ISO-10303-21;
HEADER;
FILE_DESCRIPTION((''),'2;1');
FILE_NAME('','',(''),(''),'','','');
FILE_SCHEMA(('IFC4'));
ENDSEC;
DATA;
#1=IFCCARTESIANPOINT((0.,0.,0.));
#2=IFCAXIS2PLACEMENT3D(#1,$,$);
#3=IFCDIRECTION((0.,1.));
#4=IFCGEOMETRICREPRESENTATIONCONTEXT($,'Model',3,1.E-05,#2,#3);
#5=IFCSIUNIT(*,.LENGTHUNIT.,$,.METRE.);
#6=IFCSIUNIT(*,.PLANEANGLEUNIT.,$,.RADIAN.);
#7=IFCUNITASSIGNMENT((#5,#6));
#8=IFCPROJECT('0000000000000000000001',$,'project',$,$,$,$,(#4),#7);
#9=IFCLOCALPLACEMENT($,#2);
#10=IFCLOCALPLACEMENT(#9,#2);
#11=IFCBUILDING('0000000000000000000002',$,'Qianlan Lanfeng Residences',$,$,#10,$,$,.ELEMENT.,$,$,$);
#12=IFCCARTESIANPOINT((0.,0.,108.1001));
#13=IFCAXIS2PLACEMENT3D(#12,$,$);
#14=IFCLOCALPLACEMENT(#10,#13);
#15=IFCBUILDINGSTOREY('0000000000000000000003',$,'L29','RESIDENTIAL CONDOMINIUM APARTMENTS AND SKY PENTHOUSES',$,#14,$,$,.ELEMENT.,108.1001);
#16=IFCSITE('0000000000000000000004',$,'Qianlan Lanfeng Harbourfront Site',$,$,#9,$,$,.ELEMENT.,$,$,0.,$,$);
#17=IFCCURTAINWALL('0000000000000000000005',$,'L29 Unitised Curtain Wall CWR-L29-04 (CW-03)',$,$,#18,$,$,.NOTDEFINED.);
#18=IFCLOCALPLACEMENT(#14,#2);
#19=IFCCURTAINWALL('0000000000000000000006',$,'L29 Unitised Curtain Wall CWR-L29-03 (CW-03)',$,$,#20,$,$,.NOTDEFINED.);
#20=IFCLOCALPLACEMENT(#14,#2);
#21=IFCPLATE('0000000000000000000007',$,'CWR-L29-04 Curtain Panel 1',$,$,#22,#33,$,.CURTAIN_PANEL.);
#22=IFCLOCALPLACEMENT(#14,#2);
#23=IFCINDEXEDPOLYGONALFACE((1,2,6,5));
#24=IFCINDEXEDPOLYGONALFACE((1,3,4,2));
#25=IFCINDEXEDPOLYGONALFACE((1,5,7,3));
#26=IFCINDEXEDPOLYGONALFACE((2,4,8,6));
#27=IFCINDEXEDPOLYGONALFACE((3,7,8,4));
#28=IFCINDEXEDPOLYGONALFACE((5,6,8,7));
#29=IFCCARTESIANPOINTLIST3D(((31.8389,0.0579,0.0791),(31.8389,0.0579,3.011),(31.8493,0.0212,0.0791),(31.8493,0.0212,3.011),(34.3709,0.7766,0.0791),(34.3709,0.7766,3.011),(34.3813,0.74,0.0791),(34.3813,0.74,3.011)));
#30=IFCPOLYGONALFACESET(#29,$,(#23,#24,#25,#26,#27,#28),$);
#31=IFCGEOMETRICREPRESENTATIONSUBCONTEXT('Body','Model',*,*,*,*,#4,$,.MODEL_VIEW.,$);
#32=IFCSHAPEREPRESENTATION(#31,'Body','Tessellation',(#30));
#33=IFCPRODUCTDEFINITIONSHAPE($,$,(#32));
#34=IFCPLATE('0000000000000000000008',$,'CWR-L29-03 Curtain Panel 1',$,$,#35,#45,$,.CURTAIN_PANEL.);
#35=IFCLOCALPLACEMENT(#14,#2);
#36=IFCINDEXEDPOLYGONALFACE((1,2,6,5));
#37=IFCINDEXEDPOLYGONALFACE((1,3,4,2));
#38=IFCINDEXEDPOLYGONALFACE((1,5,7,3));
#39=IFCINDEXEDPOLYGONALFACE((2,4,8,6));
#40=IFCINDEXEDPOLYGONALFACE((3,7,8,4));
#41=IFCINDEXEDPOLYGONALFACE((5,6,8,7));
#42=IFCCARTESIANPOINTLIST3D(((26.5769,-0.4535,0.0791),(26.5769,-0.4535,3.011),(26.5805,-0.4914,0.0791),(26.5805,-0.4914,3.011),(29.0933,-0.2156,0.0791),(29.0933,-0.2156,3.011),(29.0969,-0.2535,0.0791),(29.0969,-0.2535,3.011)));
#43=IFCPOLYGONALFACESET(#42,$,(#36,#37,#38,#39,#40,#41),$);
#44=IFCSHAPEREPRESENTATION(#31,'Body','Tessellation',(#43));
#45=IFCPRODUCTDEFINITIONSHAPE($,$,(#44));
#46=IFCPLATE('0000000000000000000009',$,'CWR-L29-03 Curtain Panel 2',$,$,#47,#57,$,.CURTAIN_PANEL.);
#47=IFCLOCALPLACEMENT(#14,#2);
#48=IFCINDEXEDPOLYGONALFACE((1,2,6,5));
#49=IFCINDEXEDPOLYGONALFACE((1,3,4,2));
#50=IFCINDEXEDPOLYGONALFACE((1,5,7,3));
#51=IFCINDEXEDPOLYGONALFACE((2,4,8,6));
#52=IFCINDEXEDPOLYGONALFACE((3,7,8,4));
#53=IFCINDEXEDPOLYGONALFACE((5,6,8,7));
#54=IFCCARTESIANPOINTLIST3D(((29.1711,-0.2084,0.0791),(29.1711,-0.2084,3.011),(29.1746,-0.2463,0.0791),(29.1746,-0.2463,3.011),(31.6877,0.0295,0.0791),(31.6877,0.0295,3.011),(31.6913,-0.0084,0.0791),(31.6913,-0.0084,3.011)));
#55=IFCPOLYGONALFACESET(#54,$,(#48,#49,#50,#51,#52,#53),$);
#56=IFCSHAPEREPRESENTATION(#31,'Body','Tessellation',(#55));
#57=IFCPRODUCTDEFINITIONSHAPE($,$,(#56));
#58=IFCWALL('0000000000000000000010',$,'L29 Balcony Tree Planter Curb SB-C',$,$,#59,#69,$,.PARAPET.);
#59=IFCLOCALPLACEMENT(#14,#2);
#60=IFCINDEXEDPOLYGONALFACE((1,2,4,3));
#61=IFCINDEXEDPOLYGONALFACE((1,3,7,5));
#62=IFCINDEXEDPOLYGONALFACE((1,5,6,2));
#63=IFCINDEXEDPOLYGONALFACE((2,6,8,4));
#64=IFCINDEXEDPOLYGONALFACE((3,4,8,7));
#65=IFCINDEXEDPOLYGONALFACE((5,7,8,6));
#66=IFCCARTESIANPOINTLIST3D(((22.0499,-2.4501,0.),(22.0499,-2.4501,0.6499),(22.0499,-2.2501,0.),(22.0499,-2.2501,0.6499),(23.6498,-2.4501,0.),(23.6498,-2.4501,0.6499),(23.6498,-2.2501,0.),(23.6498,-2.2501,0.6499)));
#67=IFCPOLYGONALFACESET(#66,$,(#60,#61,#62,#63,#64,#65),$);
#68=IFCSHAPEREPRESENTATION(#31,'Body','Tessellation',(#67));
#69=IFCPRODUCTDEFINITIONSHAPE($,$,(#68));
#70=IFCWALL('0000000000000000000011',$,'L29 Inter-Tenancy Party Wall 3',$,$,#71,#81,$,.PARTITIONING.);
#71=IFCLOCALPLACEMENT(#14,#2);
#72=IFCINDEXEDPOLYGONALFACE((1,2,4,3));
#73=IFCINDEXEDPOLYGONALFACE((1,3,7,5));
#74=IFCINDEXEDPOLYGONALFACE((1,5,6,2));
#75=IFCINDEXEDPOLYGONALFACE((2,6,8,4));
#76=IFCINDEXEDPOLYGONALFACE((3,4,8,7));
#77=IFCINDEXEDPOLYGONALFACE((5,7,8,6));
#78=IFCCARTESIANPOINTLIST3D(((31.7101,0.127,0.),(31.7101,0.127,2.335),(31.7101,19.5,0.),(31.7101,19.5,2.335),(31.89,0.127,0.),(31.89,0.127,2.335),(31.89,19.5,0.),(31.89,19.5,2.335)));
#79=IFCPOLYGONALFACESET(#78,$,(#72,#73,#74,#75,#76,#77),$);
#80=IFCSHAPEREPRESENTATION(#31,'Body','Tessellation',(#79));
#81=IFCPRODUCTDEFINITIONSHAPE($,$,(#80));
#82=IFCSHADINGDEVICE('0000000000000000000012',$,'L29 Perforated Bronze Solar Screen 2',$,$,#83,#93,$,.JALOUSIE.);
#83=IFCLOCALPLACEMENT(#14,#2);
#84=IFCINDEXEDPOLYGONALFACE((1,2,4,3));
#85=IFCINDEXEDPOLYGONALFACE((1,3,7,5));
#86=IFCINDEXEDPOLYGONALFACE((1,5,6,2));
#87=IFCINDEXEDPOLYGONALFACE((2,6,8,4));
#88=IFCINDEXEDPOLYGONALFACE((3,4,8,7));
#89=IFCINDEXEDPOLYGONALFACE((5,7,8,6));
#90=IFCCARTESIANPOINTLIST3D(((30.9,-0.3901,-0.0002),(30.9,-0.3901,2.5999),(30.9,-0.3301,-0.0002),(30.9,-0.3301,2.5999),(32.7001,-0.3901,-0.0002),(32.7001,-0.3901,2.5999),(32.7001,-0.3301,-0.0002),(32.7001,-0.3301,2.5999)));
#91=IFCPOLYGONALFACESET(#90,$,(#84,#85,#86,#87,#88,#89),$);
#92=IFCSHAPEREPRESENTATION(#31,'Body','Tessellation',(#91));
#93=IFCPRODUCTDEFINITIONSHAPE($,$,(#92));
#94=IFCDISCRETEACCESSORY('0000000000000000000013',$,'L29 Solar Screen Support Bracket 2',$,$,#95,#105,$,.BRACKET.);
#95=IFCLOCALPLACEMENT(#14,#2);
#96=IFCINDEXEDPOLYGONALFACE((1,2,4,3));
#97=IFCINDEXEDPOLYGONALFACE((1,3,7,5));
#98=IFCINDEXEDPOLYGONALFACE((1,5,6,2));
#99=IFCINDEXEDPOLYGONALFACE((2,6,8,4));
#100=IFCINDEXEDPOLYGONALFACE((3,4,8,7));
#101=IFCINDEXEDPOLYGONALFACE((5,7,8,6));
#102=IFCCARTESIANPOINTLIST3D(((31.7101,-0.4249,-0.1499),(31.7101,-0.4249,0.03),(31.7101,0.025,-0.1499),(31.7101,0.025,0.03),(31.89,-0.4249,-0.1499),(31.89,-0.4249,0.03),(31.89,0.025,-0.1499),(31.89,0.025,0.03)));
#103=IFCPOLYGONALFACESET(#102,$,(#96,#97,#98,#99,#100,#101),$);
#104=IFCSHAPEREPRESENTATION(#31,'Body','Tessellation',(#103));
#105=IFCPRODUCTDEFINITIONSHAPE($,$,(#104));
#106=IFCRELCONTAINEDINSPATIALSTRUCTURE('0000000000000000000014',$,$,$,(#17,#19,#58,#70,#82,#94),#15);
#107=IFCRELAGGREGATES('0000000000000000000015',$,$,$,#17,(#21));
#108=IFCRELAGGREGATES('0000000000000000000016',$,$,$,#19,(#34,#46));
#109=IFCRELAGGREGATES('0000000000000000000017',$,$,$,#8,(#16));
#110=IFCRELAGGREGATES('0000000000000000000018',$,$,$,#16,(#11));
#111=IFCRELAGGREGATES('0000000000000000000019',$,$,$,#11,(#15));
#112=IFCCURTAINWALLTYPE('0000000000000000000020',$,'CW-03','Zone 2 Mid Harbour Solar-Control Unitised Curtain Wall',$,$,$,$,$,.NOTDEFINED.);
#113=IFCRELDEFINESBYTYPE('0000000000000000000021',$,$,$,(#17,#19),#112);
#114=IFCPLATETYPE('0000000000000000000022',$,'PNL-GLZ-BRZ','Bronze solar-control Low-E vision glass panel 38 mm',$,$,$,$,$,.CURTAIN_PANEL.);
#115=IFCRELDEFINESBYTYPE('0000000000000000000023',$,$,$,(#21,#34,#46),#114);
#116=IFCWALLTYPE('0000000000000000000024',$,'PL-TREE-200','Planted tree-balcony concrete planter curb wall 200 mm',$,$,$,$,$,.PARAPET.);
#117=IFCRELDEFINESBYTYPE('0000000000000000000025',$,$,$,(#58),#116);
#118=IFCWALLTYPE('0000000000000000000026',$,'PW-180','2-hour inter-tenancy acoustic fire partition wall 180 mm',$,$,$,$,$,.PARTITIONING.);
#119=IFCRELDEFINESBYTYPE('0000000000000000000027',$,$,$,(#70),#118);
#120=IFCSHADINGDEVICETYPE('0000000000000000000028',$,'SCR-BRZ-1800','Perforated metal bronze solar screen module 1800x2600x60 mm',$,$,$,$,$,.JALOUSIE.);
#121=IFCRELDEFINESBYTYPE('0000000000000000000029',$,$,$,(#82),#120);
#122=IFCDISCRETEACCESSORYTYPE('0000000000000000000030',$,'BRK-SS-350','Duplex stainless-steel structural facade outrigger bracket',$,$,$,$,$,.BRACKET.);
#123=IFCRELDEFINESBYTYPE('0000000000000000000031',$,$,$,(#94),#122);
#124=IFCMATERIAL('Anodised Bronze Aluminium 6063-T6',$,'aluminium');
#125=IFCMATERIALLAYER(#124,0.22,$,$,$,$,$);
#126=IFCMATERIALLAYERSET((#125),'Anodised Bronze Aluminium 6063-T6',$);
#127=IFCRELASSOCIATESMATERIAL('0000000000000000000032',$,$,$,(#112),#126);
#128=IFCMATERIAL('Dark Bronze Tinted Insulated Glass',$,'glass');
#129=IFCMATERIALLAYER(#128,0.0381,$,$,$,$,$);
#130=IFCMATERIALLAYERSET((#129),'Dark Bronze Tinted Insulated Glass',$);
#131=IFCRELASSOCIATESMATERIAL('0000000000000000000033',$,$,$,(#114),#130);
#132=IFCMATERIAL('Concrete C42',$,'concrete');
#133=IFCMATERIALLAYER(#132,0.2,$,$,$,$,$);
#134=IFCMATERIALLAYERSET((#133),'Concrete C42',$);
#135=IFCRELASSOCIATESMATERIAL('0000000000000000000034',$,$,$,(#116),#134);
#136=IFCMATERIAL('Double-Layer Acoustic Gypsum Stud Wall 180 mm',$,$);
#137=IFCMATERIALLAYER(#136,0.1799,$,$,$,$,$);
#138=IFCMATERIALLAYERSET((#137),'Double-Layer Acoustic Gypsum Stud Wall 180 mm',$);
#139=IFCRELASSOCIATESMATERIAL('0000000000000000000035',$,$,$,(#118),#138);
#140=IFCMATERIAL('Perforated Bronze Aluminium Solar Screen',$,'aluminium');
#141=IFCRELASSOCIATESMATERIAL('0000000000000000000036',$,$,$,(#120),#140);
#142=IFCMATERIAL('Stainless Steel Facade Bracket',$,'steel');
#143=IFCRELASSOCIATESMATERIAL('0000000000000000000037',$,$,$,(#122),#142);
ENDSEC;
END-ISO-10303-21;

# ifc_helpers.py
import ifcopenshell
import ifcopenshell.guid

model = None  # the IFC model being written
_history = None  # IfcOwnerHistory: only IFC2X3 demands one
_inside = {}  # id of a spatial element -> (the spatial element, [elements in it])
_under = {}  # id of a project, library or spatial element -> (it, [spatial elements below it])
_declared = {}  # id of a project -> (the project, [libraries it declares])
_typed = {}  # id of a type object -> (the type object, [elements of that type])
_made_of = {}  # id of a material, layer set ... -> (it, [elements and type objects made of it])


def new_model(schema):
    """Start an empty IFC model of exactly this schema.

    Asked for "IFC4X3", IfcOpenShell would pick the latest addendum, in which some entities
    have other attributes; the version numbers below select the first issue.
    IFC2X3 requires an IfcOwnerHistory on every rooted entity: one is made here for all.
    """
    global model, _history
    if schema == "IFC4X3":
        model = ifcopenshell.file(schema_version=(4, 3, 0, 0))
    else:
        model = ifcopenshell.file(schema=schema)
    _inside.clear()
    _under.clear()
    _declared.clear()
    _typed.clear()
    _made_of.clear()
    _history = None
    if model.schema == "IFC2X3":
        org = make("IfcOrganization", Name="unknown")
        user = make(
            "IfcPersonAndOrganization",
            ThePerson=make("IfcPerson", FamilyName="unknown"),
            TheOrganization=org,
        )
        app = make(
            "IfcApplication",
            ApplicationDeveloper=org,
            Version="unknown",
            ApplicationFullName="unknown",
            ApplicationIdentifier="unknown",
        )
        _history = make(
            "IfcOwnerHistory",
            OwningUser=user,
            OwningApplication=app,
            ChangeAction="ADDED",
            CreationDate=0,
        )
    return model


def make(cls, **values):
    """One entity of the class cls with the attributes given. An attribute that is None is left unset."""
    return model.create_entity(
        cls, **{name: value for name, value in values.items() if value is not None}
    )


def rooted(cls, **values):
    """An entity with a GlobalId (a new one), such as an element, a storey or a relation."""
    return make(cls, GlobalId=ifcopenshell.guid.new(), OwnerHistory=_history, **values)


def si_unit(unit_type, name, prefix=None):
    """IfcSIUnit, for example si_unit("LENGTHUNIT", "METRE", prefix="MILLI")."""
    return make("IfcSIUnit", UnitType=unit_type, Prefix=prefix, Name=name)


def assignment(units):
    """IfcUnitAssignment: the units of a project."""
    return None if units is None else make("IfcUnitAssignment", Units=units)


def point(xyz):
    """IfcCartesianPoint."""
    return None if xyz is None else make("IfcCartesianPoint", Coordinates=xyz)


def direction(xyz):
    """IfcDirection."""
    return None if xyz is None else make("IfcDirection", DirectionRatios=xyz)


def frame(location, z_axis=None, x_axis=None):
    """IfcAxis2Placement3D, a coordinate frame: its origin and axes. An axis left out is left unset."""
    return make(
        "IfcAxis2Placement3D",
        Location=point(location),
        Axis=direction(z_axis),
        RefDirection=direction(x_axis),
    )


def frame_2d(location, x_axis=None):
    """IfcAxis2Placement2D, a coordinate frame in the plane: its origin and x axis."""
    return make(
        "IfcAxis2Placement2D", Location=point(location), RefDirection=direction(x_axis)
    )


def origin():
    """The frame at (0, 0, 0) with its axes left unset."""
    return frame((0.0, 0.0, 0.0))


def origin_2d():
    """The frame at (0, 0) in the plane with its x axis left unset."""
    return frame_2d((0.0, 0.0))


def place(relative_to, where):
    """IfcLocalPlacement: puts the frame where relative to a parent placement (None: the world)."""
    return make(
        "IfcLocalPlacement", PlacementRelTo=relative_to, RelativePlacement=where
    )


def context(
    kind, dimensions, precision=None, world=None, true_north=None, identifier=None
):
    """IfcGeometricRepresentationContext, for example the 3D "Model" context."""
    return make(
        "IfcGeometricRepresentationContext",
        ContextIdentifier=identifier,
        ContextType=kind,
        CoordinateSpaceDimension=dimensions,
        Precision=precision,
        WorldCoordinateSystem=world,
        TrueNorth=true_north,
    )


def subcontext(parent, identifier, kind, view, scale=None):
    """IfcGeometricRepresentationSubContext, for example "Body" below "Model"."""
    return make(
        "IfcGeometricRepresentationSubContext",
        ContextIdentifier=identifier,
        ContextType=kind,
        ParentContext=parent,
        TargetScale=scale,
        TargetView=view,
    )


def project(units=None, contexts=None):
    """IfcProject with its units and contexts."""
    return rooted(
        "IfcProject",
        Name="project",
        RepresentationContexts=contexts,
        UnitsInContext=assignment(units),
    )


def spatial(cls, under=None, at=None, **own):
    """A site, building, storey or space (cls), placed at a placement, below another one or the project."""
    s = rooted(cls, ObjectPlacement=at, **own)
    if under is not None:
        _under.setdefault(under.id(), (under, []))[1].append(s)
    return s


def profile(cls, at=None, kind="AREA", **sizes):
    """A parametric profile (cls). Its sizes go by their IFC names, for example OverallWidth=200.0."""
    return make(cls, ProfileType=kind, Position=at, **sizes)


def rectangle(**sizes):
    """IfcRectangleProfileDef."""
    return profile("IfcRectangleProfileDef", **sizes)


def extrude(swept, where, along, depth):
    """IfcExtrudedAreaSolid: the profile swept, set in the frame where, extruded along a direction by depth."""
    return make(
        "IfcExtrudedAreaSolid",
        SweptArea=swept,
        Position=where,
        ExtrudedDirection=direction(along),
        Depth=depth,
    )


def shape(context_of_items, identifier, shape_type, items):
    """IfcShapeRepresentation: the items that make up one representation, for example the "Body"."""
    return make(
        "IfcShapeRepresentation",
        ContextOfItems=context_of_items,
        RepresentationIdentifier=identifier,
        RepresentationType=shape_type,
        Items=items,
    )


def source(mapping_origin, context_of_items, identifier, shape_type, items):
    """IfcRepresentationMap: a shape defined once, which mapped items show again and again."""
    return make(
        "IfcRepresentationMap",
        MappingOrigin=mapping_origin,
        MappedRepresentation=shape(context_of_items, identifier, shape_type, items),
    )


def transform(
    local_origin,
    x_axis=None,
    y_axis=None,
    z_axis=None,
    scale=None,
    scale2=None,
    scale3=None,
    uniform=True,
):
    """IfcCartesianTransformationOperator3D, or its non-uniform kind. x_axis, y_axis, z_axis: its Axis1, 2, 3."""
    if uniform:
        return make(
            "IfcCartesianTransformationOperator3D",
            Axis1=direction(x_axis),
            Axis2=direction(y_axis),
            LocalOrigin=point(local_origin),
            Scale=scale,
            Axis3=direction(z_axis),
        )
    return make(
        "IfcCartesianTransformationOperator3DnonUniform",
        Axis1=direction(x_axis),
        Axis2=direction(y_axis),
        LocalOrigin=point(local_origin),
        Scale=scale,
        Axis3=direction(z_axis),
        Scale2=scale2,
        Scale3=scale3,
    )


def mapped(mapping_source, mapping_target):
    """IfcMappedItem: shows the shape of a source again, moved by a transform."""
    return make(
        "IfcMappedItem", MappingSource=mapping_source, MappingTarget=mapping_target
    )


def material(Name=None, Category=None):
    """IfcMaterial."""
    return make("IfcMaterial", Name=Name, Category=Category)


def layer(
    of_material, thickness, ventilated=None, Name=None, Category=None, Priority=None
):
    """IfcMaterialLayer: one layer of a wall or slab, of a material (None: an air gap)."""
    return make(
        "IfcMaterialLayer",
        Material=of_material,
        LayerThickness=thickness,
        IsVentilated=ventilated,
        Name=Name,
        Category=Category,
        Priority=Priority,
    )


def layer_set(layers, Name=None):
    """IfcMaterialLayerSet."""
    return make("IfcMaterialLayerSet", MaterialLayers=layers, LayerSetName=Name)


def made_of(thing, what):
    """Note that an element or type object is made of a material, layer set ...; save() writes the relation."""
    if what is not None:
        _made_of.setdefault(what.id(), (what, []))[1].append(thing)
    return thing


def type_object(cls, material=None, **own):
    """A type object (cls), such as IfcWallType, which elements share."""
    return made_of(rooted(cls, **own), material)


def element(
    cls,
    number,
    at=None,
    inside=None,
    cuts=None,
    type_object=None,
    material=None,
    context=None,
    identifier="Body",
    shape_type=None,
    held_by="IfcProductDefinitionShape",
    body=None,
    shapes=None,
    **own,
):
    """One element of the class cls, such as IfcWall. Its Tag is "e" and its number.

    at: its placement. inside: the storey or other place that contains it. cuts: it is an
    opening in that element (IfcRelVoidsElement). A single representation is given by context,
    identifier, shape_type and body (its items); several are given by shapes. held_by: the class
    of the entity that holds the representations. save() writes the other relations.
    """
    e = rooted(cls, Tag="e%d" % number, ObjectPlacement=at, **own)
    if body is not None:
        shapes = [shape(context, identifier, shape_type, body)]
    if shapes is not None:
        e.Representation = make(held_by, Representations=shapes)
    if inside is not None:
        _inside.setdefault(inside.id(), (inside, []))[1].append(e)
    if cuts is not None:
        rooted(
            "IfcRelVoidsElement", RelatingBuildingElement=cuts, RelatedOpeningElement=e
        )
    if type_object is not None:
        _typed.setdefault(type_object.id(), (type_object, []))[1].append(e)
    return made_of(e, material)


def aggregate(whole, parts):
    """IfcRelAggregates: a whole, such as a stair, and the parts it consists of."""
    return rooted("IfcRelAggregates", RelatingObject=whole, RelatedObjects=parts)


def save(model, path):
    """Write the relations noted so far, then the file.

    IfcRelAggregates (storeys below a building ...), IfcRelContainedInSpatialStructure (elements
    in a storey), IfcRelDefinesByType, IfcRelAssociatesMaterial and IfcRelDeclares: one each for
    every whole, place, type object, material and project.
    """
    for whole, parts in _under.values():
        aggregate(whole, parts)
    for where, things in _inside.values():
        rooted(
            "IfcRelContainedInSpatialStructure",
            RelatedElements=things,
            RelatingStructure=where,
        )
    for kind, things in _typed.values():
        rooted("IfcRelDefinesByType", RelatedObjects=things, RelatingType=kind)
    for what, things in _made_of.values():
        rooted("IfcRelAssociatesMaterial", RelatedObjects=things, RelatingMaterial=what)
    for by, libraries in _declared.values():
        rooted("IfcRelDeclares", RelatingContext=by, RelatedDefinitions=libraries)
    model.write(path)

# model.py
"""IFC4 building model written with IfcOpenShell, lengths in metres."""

from ifc_helpers import new_model, si_unit, direction, frame, frame_2d, origin, origin_2d, place, context, subcontext, project, spatial, rectangle, extrude, source, transform, mapped, material, layer, layer_set, type_object, element, aggregate, save


model = new_model("IFC4")

# Units and contexts
model_context = context("Model", 3, precision=1e-05, world=origin(), true_north=direction((0.0, 1.0)))
body_context = subcontext(model_context, "Body", "Model", "MODEL_VIEW")
ifc_project = project(units=[si_unit("LENGTHUNIT", "METRE"), si_unit("PLANEANGLEUNIT", "RADIAN")], contexts=[model_context])

# Site, building, storey
site_placement = place(None, origin())
site = spatial("IfcSite", under=ifc_project, at=site_placement, Name="Qianlan Lanfeng Harbourfront Site", CompositionType="ELEMENT", RefElevation=0.0)
building_placement = place(site_placement, origin())
building = spatial("IfcBuilding", under=site, at=building_placement, Name="Qianlan Lanfeng Residences", CompositionType="ELEMENT")
storey_placement = place(building_placement, frame((0.0, 0.0, 108.1001)))
storey = spatial("IfcBuildingStorey", under=building, at=storey_placement, Name="L29", Description="RESIDENTIAL CONDOMINIUM APARTMENTS AND SKY PENTHOUSES", CompositionType="ELEMENT", Elevation=108.1001)

# Curtain walls
ifc_material_1 = material(Name="Anodised Bronze Aluminium 6063-T6", Category="aluminium")
ifc_layer_1 = layer(ifc_material_1, 0.22)
ifc_layer_set_1 = layer_set([ifc_layer_1], Name="Anodised Bronze Aluminium 6063-T6")
curtain_wall_type = type_object("IfcCurtainWallType", Name="CW-03", Description="Zone 2 Mid Harbour Solar-Control Unitised Curtain Wall", PredefinedType="NOTDEFINED", material=ifc_layer_set_1)
curtain_wall_1_placement = place(storey_placement, origin())
curtain_wall_1 = element("IfcCurtainWall", 1, at=curtain_wall_1_placement, inside=storey, type_object=curtain_wall_type, Name="L29 Unitised Curtain Wall CWR-L29-04 (CW-03)", PredefinedType="NOTDEFINED")
curtain_wall_2_placement = place(storey_placement, origin())
curtain_wall_2 = element("IfcCurtainWall", 2, at=curtain_wall_2_placement, inside=storey, type_object=curtain_wall_type, Name="L29 Unitised Curtain Wall CWR-L29-03 (CW-03)", PredefinedType="NOTDEFINED")

# Plates
ifc_material_2 = material(Name="Dark Bronze Tinted Insulated Glass", Category="glass")
ifc_layer_2 = layer(ifc_material_2, 0.0381)
ifc_layer_set_2 = layer_set([ifc_layer_2], Name="Dark Bronze Tinted Insulated Glass")
plate_type = type_object("IfcPlateType", Name="PNL-GLZ-BRZ", Description="Bronze solar-control Low-E vision glass panel 38 mm", PredefinedType="CURTAIN_PANEL", material=ifc_layer_set_2)
shared_shape_1 = source(origin(), body_context, "Body", "SweptSolid", [
    extrude(rectangle(XDim=2.6321, YDim=0.0381, at=origin_2d()), origin(), (0.0, 0.0, 1.0), 2.9319),
])
plate_1_placement = place(storey_placement, frame((33.1101, 0.3989, 0.0791), z_axis=(0.0, 0.0, 1.0), x_axis=(0.961989, 0.273088, 0.0)))
plate_1 = element("IfcPlate", 3, at=plate_1_placement, type_object=plate_type, Name="CWR-L29-04 Curtain Panel 1", PredefinedType="CURTAIN_PANEL", context=body_context, shape_type="MappedRepresentation", body=[
    mapped(shared_shape_1, transform((0.0, 0.0, 0.0), scale=1.0)),
])
aggregate(curtain_wall_1, [plate_1])
shared_shape_2 = source(origin(), body_context, "Body", "SweptSolid", [
    extrude(rectangle(XDim=2.5276, YDim=0.0381, at=origin_2d()), origin(), (0.0, 0.0, 1.0), 2.9319),
])
plate_2_placement = place(storey_placement, frame((27.8369, -0.3535, 0.0791), z_axis=(0.0, 0.0, 1.0), x_axis=(0.995561, 0.094114, 0.0)))
plate_2 = element("IfcPlate", 4, at=plate_2_placement, type_object=plate_type, Name="CWR-L29-03 Curtain Panel 1", PredefinedType="CURTAIN_PANEL", context=body_context, shape_type="MappedRepresentation", body=[
    mapped(shared_shape_2, transform((0.0, 0.0, 0.0), scale=1.0)),
])
shared_shape_3 = source(origin(), body_context, "Body", "SweptSolid", [
    extrude(rectangle(XDim=2.5278, YDim=0.0381, at=origin_2d()), origin(), (0.0, 0.0, 1.0), 2.9319),
])
plate_3_placement = place(storey_placement, frame((30.4312, -0.1084, 0.0791), z_axis=(0.0, 0.0, 1.0), x_axis=(0.995561, 0.094114, 0.0)))
plate_3 = element("IfcPlate", 5, at=plate_3_placement, type_object=plate_type, Name="CWR-L29-03 Curtain Panel 2", PredefinedType="CURTAIN_PANEL", context=body_context, shape_type="MappedRepresentation", body=[
    mapped(shared_shape_3, transform((0.0, 0.0, 0.0), scale=1.0)),
])
aggregate(curtain_wall_2, [plate_2, plate_3])

# Walls
ifc_material_3 = material(Name="Concrete C42", Category="concrete")
ifc_layer_3 = layer(ifc_material_3, 0.2)
ifc_layer_set_3 = layer_set([ifc_layer_3], Name="Concrete C42")
wall_type_1 = type_object("IfcWallType", Name="PL-TREE-200", Description="Planted tree-balcony concrete planter curb wall 200 mm", PredefinedType="PARAPET", material=ifc_layer_set_3)
wall_1_placement = place(storey_placement, frame((22.05, -2.3501, 0.0), z_axis=(0.0, 0.0, 1.0), x_axis=(1.0, 0.0, 0.0)))
element("IfcWall", 6, at=wall_1_placement, inside=storey, type_object=wall_type_1, Name="L29 Balcony Tree Planter Curb SB-C", PredefinedType="PARAPET", context=body_context, shape_type="SweptSolid", body=[
    extrude(rectangle(XDim=1.5999, YDim=0.2, at=frame_2d((0.7998, 0.0))), origin(), (0.0, 0.0, 1.0), 0.6499),
])
ifc_material_4 = material(Name="Double-Layer Acoustic Gypsum Stud Wall 180 mm")
ifc_layer_4 = layer(ifc_material_4, 0.1799)
ifc_layer_set_4 = layer_set([ifc_layer_4], Name="Double-Layer Acoustic Gypsum Stud Wall 180 mm")
wall_type_2 = type_object("IfcWallType", Name="PW-180", Description="2-hour inter-tenancy acoustic fire partition wall 180 mm", PredefinedType="PARTITIONING", material=ifc_layer_set_4)
wall_2_placement = place(storey_placement, frame((31.8, 0.127, 0.0), z_axis=(0.0, 0.0, 1.0), x_axis=(0.0, 1.0, 0.0)))
element("IfcWall", 7, at=wall_2_placement, inside=storey, type_object=wall_type_2, Name="L29 Inter-Tenancy Party Wall 3", PredefinedType="PARTITIONING", context=body_context, shape_type="SweptSolid", body=[
    extrude(rectangle(XDim=19.373, YDim=0.1799, at=frame_2d((9.6865, 0.0))), origin(), (0.0, 0.0, 1.0), 2.335),
])

# Shading device
ifc_material_5 = material(Name="Perforated Bronze Aluminium Solar Screen", Category="aluminium")
shading_device_type = type_object("IfcShadingDeviceType", Name="SCR-BRZ-1800", Description="Perforated metal bronze solar screen module 1800x2600x60 mm", PredefinedType="JALOUSIE", material=ifc_material_5)
shared_shape_4 = source(origin(), body_context, "Body", "SweptSolid", [
    extrude(rectangle(XDim=1.8, YDim=0.0601, at=origin_2d()), origin(), (0.0, 0.0, 1.0), 2.6001),
])
shading_device_placement = place(storey_placement, frame((31.8, -0.3601, -0.0002), z_axis=(0.0, 0.0, 1.0), x_axis=(1.0, 0.0, 0.0)))
element("IfcShadingDevice", 8, at=shading_device_placement, inside=storey, type_object=shading_device_type, Name="L29 Perforated Bronze Solar Screen 2", PredefinedType="JALOUSIE", context=body_context, shape_type="MappedRepresentation", body=[
    mapped(shared_shape_4, transform((0.0, 0.0, 0.0), scale=1.0)),
])

# Discrete accessory
ifc_material_6 = material(Name="Stainless Steel Facade Bracket", Category="steel")
discrete_accessory_type = type_object("IfcDiscreteAccessoryType", Name="BRK-SS-350", Description="Duplex stainless-steel structural facade outrigger bracket", PredefinedType="BRACKET", material=ifc_material_6)
shared_shape_5 = source(origin(), body_context, "Body", "SweptSolid", [
    extrude(rectangle(XDim=0.1799, YDim=0.45, at=origin_2d()), origin(), (0.0, 0.0, 1.0), 0.1799),
])
discrete_accessory_placement = place(storey_placement, frame((31.8, -0.2, -0.1499), z_axis=(0.0, 0.0, 1.0), x_axis=(1.0, 0.0, 0.0)))
element("IfcDiscreteAccessory", 9, at=discrete_accessory_placement, inside=storey, type_object=discrete_accessory_type, Name="L29 Solar Screen Support Bracket 2", PredefinedType="BRACKET", context=body_context, shape_type="MappedRepresentation", body=[
    mapped(shared_shape_5, transform((0.0, 0.0, 0.0), scale=1.0)),
])

save(model, "model.ifc")
